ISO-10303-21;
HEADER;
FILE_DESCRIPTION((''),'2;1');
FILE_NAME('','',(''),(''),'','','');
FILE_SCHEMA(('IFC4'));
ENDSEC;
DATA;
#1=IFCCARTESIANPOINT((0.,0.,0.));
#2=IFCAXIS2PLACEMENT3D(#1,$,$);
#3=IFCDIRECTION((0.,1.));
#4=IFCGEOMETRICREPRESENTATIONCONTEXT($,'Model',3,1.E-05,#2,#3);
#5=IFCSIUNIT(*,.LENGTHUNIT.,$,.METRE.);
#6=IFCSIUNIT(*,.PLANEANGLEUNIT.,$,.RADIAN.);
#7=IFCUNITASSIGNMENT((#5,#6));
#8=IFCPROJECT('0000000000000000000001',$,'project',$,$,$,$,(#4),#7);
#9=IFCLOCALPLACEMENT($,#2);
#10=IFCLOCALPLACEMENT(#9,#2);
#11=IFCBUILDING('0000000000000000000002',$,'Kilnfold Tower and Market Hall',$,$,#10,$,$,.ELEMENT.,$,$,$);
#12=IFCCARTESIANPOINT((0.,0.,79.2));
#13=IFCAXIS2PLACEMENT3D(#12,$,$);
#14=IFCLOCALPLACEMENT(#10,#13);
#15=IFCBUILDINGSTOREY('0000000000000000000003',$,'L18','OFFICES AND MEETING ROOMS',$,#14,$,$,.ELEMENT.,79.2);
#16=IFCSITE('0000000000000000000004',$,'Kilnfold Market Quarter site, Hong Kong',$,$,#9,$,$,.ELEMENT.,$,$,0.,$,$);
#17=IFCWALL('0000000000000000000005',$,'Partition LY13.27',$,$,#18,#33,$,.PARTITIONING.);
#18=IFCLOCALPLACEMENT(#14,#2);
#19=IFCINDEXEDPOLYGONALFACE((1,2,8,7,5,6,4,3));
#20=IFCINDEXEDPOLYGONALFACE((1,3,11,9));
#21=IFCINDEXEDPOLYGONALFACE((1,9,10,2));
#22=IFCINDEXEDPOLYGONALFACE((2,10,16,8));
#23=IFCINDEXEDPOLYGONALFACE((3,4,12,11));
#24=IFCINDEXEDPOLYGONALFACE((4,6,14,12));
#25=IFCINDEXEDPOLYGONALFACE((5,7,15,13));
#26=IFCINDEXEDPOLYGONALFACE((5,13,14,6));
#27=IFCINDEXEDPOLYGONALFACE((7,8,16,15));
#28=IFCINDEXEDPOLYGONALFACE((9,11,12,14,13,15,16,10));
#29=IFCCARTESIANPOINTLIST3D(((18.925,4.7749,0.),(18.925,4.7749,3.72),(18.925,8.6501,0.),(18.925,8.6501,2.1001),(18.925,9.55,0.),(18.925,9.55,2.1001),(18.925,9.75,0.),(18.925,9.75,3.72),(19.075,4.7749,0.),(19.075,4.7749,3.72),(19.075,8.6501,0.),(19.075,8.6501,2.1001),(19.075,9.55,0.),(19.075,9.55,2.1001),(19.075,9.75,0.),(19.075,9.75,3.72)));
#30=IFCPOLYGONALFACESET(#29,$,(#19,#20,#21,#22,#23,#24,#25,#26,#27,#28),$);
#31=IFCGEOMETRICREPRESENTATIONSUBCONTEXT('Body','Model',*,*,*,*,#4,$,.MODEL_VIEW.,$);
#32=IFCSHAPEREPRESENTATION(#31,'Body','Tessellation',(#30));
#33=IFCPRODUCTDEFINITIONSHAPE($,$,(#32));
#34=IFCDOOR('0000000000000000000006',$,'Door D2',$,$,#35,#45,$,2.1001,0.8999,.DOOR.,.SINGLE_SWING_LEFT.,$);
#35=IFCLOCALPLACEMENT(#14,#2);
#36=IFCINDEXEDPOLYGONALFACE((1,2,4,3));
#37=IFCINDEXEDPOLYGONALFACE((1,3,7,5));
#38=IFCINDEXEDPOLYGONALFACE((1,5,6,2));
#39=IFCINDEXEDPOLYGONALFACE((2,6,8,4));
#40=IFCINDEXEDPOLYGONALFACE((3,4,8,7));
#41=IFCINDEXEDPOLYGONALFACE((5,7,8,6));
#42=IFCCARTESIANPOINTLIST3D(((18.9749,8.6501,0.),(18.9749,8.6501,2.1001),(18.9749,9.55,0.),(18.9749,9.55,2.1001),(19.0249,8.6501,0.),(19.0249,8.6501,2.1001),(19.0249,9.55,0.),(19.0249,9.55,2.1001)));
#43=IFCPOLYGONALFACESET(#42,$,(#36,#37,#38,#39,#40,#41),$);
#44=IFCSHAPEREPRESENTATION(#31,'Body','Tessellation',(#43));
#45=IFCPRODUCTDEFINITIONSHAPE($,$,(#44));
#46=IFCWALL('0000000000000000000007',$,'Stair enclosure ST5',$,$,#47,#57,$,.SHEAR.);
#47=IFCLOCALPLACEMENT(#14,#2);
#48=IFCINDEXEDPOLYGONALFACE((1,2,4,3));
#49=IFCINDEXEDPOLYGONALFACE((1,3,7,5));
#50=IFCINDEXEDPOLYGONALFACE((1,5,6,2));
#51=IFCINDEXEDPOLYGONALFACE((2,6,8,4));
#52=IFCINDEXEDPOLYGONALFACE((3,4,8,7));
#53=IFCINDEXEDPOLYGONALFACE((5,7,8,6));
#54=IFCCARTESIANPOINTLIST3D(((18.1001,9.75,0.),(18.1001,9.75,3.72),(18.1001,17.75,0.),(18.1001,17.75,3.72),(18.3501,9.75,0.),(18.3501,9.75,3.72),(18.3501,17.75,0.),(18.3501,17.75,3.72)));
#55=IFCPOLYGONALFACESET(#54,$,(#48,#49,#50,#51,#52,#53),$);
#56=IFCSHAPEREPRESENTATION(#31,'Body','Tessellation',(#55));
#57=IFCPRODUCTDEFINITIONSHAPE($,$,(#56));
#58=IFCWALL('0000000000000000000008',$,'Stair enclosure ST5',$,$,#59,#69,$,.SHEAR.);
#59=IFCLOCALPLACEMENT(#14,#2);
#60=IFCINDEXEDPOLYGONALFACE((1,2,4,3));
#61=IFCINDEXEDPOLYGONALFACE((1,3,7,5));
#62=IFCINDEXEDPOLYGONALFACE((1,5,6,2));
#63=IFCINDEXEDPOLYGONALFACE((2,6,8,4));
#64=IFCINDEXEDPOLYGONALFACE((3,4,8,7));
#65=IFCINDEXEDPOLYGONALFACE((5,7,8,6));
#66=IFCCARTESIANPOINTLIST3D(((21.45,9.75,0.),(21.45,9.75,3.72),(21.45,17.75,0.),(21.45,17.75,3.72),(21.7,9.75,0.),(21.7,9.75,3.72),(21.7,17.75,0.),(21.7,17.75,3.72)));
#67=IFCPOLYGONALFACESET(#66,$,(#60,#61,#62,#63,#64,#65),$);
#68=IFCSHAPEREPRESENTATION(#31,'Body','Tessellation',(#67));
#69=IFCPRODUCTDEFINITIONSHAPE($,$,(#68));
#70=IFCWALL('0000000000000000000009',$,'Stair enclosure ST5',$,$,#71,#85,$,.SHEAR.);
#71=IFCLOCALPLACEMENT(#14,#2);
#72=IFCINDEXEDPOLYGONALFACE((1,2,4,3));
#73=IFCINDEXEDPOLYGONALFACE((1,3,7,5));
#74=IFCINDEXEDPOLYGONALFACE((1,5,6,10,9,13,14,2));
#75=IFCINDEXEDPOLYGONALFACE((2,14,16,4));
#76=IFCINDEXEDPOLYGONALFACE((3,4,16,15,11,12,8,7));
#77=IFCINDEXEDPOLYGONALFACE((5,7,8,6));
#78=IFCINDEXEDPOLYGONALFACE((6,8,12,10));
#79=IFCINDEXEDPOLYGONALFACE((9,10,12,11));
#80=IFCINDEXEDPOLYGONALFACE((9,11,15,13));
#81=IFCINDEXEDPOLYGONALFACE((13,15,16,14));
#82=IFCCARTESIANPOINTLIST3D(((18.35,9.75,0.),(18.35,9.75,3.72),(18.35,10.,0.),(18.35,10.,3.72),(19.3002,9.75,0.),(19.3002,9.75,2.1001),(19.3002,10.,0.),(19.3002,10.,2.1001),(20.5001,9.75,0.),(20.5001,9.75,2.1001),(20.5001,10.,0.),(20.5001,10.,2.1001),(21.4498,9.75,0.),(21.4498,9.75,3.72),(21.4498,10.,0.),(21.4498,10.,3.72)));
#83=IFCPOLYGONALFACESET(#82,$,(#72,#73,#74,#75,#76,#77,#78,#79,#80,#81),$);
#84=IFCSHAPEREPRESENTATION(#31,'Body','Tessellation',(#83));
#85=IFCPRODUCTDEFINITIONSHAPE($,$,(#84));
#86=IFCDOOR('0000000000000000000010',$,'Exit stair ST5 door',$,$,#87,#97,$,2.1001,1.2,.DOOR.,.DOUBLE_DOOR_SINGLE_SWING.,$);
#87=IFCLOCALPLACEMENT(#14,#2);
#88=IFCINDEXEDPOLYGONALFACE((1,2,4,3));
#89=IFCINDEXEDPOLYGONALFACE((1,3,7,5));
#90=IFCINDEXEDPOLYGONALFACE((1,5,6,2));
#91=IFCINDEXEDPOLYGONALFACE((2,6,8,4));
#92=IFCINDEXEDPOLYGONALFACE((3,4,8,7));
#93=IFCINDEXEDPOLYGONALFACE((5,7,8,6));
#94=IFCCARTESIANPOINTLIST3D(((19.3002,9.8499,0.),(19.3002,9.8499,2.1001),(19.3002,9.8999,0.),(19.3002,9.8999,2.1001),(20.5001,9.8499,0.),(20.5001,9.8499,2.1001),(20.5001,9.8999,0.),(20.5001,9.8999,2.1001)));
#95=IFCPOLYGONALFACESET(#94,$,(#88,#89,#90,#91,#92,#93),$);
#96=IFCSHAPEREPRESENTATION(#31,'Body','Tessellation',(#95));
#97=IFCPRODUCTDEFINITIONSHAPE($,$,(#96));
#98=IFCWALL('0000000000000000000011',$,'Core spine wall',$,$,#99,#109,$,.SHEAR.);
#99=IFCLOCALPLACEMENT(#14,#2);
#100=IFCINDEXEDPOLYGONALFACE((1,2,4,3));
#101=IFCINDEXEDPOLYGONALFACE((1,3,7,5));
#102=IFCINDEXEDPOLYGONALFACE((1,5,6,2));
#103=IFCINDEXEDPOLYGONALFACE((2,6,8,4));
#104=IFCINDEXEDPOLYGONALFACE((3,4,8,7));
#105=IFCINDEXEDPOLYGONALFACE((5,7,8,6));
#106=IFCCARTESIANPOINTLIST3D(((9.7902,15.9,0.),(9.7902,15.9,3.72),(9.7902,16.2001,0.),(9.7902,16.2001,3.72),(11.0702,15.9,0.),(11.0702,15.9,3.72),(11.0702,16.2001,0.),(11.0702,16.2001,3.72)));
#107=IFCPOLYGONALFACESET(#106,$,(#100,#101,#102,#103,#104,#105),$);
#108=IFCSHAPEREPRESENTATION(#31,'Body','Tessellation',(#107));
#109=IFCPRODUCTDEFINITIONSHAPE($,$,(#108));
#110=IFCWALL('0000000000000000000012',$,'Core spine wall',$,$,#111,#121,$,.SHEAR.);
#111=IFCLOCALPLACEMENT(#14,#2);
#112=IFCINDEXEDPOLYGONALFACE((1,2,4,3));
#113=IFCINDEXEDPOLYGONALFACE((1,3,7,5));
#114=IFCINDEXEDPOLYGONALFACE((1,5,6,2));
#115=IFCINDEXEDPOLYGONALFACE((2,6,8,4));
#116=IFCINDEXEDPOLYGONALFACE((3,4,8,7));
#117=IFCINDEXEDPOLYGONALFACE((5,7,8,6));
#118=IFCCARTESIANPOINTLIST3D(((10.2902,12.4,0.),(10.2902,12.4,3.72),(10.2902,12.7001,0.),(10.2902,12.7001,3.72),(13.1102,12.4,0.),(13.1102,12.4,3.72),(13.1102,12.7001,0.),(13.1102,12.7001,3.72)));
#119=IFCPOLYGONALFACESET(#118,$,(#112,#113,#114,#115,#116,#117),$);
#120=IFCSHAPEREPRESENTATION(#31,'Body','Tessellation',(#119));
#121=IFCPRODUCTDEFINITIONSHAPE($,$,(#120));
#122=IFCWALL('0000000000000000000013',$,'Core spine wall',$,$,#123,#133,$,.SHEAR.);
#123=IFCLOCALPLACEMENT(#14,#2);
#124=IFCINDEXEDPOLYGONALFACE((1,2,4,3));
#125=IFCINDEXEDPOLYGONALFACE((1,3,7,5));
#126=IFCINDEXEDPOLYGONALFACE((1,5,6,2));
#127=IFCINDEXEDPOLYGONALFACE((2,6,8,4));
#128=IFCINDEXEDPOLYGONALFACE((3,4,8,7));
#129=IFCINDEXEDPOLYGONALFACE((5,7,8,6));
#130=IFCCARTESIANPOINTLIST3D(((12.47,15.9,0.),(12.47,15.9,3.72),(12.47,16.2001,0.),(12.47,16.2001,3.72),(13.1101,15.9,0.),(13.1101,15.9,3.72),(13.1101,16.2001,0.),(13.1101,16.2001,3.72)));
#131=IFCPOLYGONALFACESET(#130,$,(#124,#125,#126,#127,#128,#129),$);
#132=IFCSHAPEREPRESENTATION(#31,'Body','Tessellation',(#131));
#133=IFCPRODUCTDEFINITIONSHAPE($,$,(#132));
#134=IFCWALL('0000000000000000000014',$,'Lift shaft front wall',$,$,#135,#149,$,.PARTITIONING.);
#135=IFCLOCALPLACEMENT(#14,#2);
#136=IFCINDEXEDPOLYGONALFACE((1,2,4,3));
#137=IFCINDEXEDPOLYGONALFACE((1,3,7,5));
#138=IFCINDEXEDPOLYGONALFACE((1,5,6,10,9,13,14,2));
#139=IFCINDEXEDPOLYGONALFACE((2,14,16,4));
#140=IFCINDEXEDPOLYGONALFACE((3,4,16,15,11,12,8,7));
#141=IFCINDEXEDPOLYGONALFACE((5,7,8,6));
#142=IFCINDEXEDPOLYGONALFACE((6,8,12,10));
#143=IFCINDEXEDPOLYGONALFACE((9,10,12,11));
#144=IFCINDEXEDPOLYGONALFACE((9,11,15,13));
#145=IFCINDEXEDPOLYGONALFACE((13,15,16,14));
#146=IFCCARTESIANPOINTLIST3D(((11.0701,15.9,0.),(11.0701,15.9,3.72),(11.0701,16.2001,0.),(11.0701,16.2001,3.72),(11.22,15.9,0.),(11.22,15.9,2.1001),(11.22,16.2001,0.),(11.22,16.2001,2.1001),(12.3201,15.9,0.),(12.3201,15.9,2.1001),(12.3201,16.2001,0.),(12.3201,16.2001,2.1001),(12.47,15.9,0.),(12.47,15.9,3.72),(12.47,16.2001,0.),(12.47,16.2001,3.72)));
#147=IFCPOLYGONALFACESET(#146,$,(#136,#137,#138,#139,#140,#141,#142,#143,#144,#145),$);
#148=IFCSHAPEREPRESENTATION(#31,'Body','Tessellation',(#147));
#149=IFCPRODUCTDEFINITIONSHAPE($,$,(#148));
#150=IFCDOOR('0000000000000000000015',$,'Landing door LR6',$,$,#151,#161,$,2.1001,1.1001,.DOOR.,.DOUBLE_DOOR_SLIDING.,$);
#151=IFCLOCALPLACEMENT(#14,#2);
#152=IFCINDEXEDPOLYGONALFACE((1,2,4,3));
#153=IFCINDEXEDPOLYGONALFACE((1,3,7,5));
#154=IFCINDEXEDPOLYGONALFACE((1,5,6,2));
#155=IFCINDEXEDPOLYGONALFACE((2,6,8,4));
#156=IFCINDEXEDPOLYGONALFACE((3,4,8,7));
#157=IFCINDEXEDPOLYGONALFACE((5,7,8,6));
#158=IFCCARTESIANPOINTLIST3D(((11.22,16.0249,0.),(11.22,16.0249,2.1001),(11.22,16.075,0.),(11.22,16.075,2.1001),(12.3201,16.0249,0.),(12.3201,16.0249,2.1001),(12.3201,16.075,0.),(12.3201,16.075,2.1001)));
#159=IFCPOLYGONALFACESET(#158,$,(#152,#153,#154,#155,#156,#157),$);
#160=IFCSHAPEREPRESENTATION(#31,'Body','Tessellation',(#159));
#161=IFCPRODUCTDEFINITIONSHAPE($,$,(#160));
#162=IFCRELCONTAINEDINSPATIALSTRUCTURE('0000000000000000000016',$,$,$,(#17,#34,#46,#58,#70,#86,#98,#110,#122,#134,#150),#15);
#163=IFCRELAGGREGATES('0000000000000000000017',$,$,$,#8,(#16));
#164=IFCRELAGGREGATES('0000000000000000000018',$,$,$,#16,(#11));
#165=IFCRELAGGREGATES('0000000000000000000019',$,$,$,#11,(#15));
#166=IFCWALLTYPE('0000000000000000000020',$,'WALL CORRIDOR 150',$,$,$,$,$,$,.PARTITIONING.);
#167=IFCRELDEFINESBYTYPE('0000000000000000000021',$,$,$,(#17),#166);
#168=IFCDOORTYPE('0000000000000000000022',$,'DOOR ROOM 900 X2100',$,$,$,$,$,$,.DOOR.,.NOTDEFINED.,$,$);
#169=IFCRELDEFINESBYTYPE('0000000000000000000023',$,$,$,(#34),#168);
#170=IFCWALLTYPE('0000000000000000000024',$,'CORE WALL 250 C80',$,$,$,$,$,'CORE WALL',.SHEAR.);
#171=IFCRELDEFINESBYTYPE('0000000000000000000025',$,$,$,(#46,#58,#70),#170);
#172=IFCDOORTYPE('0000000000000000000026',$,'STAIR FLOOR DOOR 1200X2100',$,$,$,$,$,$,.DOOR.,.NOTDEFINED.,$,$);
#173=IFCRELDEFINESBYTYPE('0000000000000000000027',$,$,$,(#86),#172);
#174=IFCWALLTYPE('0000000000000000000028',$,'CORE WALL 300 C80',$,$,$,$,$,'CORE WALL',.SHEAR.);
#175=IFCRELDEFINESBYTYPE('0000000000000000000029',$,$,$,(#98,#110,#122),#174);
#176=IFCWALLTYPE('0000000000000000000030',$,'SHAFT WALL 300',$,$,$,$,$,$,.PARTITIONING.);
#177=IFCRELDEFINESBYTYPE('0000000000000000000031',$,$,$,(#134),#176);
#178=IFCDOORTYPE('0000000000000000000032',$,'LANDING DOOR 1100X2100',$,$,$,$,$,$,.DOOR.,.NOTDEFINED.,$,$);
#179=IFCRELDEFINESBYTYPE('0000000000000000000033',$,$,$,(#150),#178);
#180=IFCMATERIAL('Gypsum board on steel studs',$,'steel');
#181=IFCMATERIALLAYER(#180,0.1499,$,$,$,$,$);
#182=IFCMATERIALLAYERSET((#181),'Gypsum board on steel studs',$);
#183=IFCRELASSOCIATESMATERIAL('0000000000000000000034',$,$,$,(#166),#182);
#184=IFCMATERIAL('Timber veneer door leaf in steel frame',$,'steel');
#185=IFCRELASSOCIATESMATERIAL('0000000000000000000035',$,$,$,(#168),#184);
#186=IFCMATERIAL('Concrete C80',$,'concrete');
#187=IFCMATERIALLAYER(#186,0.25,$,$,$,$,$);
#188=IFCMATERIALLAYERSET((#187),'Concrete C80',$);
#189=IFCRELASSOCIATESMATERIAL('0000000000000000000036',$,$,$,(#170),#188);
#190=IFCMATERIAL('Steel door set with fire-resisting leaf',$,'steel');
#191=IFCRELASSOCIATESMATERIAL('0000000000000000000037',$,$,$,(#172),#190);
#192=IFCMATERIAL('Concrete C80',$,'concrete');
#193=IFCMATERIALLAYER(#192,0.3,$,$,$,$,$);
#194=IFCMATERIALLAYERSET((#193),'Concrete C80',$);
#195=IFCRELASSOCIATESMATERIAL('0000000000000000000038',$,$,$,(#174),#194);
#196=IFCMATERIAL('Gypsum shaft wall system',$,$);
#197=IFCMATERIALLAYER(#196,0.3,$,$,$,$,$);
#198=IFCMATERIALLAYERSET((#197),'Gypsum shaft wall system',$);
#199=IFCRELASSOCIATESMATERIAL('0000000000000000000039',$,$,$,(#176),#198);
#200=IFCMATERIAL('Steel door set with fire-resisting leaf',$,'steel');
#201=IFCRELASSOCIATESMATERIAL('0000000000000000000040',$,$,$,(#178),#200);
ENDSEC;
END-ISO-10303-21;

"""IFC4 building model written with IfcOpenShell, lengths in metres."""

from ifc_helpers import new_model, si_unit, direction, frame, frame_2d, origin, place, context, subcontext, project, spatial, rectangle, extrude, source, transform, mapped, material, layer, layer_set, type_object, element, fill, save


model = new_model("IFC4")

# Units and contexts
model_context = context("Model", 3, precision=1e-05, world=origin(), true_north=direction((0.0, 1.0)))
body_context = subcontext(model_context, "Body", "Model", "MODEL_VIEW")
ifc_project = project(units=[si_unit("LENGTHUNIT", "METRE"), si_unit("PLANEANGLEUNIT", "RADIAN")], contexts=[model_context])

# Site, building, storey
site_placement = place(None, origin())
site = spatial("IfcSite", under=ifc_project, at=site_placement, Name="Kilnfold Market Quarter site, Hong Kong", CompositionType="ELEMENT", RefElevation=0.0)
building_placement = place(site_placement, origin())
building = spatial("IfcBuilding", under=site, at=building_placement, Name="Kilnfold Tower and Market Hall", CompositionType="ELEMENT")
storey_placement = place(building_placement, frame((0.0, 0.0, 79.2)))
storey = spatial("IfcBuildingStorey", under=building, at=storey_placement, Name="L18", Description="OFFICES AND MEETING ROOMS", CompositionType="ELEMENT", Elevation=79.2)

# Wall, opening, door
ifc_material_1 = material(Name="Gypsum board on steel studs", Category="steel")
ifc_layer_1 = layer(ifc_material_1, 0.1499)
ifc_layer_set_1 = layer_set([ifc_layer_1], Name="Gypsum board on steel studs")
wall_type_1 = type_object("IfcWallType", Name="WALL CORRIDOR 150", PredefinedType="PARTITIONING", material=ifc_layer_set_1)
wall_1_placement = place(storey_placement, frame((19.0, 9.75, 0.0), z_axis=(0.0, 0.0, 1.0), x_axis=(0.0, -1.0, 0.0)))
wall_1 = element("IfcWall", 1, at=wall_1_placement, inside=storey, type_object=wall_type_1, Name="Partition LY13.27", PredefinedType="PARTITIONING", context=body_context, shape_type="SweptSolid", body=[
    extrude(rectangle(XDim=4.9751, YDim=0.1499, at=frame_2d((2.4875, 0.0))), origin(), (0.0, 0.0, 1.0), 3.72),
])
opening_1_placement = place(wall_1_placement, frame((0.2, 0.0, 0.0)))
opening_1 = element("IfcOpeningElement", 2, at=opening_1_placement, cuts=wall_1, PredefinedType="OPENING", context=body_context, shape_type="SweptSolid", body=[
    extrude(rectangle(XDim=0.8999, YDim=2.1001, at=frame_2d((0.45, 1.05))), frame((0.0, 0.085, 0.0), z_axis=(0.0, -1.0, 0.0), x_axis=(1.0, 0.0, 0.0)), (0.0, 0.0, 1.0), 0.1699),
])
ifc_material_2 = material(Name="Timber veneer door leaf in steel frame", Category="steel")
door_type_1 = type_object("IfcDoorType", Name="DOOR ROOM 900 X2100", OperationType="NOTDEFINED", PredefinedType="DOOR", material=ifc_material_2)
door_1_placement = place(opening_1_placement, origin())
door_1 = element("IfcDoor", 3, at=door_1_placement, inside=storey, type_object=door_type_1, Name="Door D2", OperationType="SINGLE_SWING_LEFT", OverallHeight=2.1001, OverallWidth=0.8999, PredefinedType="DOOR", context=body_context, shape_type="SweptSolid", body=[
    extrude(rectangle(XDim=0.8999, YDim=2.1001, at=frame_2d((0.45, 1.05))), frame((0.0, 0.0249, 0.0), z_axis=(0.0, -1.0, 0.0), x_axis=(1.0, 0.0, 0.0)), (0.0, 0.0, 1.0), 0.05),
])
fill(opening_1, door_1)

# Walls
ifc_material_3 = material(Name="Concrete C80", Category="concrete")
ifc_layer_2 = layer(ifc_material_3, 0.25)
ifc_layer_set_2 = layer_set([ifc_layer_2], Name="Concrete C80")
wall_type_2 = type_object("IfcWallType", Name="CORE WALL 250 C80", ElementType="CORE WALL", PredefinedType="SHEAR", material=ifc_layer_set_2)
shared_shape_1 = source(origin(), body_context, "Body", "SweptSolid", [
    extrude(rectangle(XDim=8.0, YDim=0.25, at=frame_2d((4.0, 0.0))), origin(), (0.0, 0.0, 1.0), 3.72),
])
for number, where, z_axis, x_axis, name in (
    (4, (18.2251, 9.75, 0.0), (0.0, 0.0, 1.0), (0.0, 1.0, 0.0), "Stair enclosure ST5"),
    (5, (21.575, 9.75, 0.0), (0.0, 0.0, 1.0), (0.0, 1.0, 0.0), "Stair enclosure ST5"),
):
    element("IfcWall", number, at=place(storey_placement, frame(where, z_axis=z_axis, x_axis=x_axis)), inside=storey, type_object=wall_type_2, Name=name, PredefinedType="SHEAR", context=body_context, shape_type="MappedRepresentation", body=[
        mapped(shared_shape_1, transform((0.0, 0.0, 0.0))),
    ])

# Wall, opening, door
shared_shape_2 = source(origin(), body_context, "Body", "SweptSolid", [
    extrude(rectangle(XDim=3.0999, YDim=0.25, at=frame_2d((1.5498, 0.0))), origin(), (0.0, 0.0, 1.0), 3.72),
])
wall_2_placement = place(storey_placement, frame((18.3501, 9.875, 0.0), z_axis=(0.0, 0.0, 1.0), x_axis=(1.0, 0.0, 0.0)))
wall_2 = element("IfcWall", 6, at=wall_2_placement, inside=storey, type_object=wall_type_2, Name="Stair enclosure ST5", PredefinedType="SHEAR", context=body_context, shape_type="MappedRepresentation", body=[
    mapped(shared_shape_2, transform((0.0, 0.0, 0.0))),
])
opening_2_placement = place(wall_2_placement, frame((0.95, 0.0, 0.0)))
opening_2 = element("IfcOpeningElement", 7, at=opening_2_placement, cuts=wall_2, PredefinedType="OPENING", context=body_context, shape_type="SweptSolid", body=[
    extrude(rectangle(XDim=1.2, YDim=2.1001, at=frame_2d((0.6001, 1.05))), frame((0.0, 0.135, 0.0), z_axis=(0.0, -1.0, 0.0), x_axis=(1.0, 0.0, 0.0)), (0.0, 0.0, 1.0), 0.27),
])
ifc_material_4 = material(Name="Steel door set with fire-resisting leaf", Category="steel")
door_type_2 = type_object("IfcDoorType", Name="STAIR FLOOR DOOR 1200X2100", OperationType="NOTDEFINED", PredefinedType="DOOR", material=ifc_material_4)
door_2_placement = place(opening_2_placement, origin())
door_2 = element("IfcDoor", 8, at=door_2_placement, inside=storey, type_object=door_type_2, Name="Exit stair ST5 door", OperationType="DOUBLE_DOOR_SINGLE_SWING", OverallHeight=2.1001, OverallWidth=1.2, PredefinedType="DOOR", context=body_context, shape_type="SweptSolid", body=[
    extrude(rectangle(XDim=1.2, YDim=2.1001, at=frame_2d((0.6001, 1.05))), frame((0.0, 0.0249, 0.0), z_axis=(0.0, -1.0, 0.0), x_axis=(1.0, 0.0, 0.0)), (0.0, 0.0, 1.0), 0.05),
])
fill(opening_2, door_2)

# Walls
ifc_material_5 = material(Name="Concrete C80", Category="concrete")
ifc_layer_3 = layer(ifc_material_5, 0.3)
ifc_layer_set_3 = layer_set([ifc_layer_3], Name="Concrete C80")
wall_type_3 = type_object("IfcWallType", Name="CORE WALL 300 C80", ElementType="CORE WALL", PredefinedType="SHEAR", material=ifc_layer_set_3)
shared_shape_3 = source(origin(), body_context, "Body", "SweptSolid", [
    extrude(rectangle(XDim=1.28, YDim=0.3, at=frame_2d((0.6401, 0.0))), origin(), (0.0, 0.0, 1.0), 3.72),
])
wall_3_placement = place(storey_placement, frame((9.79, 16.05, 0.0), z_axis=(0.0, 0.0, 1.0), x_axis=(1.0, 0.0, 0.0)))
element("IfcWall", 9, at=wall_3_placement, inside=storey, type_object=wall_type_3, Name="Core spine wall", PredefinedType="SHEAR", context=body_context, shape_type="MappedRepresentation", body=[
    mapped(shared_shape_3, transform((0.0, 0.0, 0.0))),
])
shared_shape_4 = source(origin(), body_context, "Body", "SweptSolid", [
    extrude(rectangle(XDim=2.8201, YDim=0.3, at=frame_2d((1.4102, 0.0))), origin(), (0.0, 0.0, 1.0), 3.72),
])
wall_4_placement = place(storey_placement, frame((10.29, 12.55, 0.0), z_axis=(0.0, 0.0, 1.0), x_axis=(1.0, 0.0, 0.0)))
element("IfcWall", 10, at=wall_4_placement, inside=storey, type_object=wall_type_3, Name="Core spine wall", PredefinedType="SHEAR", context=body_context, shape_type="MappedRepresentation", body=[
    mapped(shared_shape_4, transform((0.0, 0.0, 0.0))),
])
shared_shape_5 = source(origin(), body_context, "Body", "SweptSolid", [
    extrude(rectangle(XDim=0.6401, YDim=0.3, at=frame_2d((0.3201, 0.0))), origin(), (0.0, 0.0, 1.0), 3.72),
])
wall_5_placement = place(storey_placement, frame((12.47, 16.05, 0.0), z_axis=(0.0, 0.0, 1.0), x_axis=(1.0, 0.0, 0.0)))
element("IfcWall", 11, at=wall_5_placement, inside=storey, type_object=wall_type_3, Name="Core spine wall", PredefinedType="SHEAR", context=body_context, shape_type="MappedRepresentation", body=[
    mapped(shared_shape_5, transform((0.0, 0.0, 0.0))),
])

# Wall, opening, door
ifc_material_6 = material(Name="Gypsum shaft wall system")
ifc_layer_4 = layer(ifc_material_6, 0.3)
ifc_layer_set_4 = layer_set([ifc_layer_4], Name="Gypsum shaft wall system")
wall_type_4 = type_object("IfcWallType", Name="SHAFT WALL 300", PredefinedType="PARTITIONING", material=ifc_layer_set_4)
shared_shape_6 = source(origin(), body_context, "Body", "SweptSolid", [
    extrude(rectangle(XDim=1.3999, YDim=0.3, at=frame_2d((0.7, 0.0))), origin(), (0.0, 0.0, 1.0), 3.72),
])
wall_6_placement = place(storey_placement, frame((11.0701, 16.05, 0.0), z_axis=(0.0, 0.0, 1.0), x_axis=(1.0, 0.0, 0.0)))
wall_6 = element("IfcWall", 12, at=wall_6_placement, inside=storey, type_object=wall_type_4, Name="Lift shaft front wall", PredefinedType="PARTITIONING", context=body_context, shape_type="MappedRepresentation", body=[
    mapped(shared_shape_6, transform((0.0, 0.0, 0.0))),
])
opening_3_placement = place(wall_6_placement, frame((0.1499, 0.0, 0.0)))
opening_3 = element("IfcOpeningElement", 13, at=opening_3_placement, cuts=wall_6, PredefinedType="OPENING", context=body_context, shape_type="SweptSolid", body=[
    extrude(rectangle(XDim=1.1001, YDim=2.1001, at=frame_2d((0.55, 1.05))), frame((0.0, 0.1602, 0.0), z_axis=(0.0, -1.0, 0.0), x_axis=(1.0, 0.0, 0.0)), (0.0, 0.0, 1.0), 0.3201),
])
ifc_material_7 = material(Name="Steel door set with fire-resisting leaf", Category="steel")
door_type_3 = type_object("IfcDoorType", Name="LANDING DOOR 1100X2100", OperationType="NOTDEFINED", PredefinedType="DOOR", material=ifc_material_7)
door_3_placement = place(opening_3_placement, origin())
door_3 = element("IfcDoor", 14, at=door_3_placement, inside=storey, type_object=door_type_3, Name="Landing door LR6", OperationType="DOUBLE_DOOR_SLIDING", OverallHeight=2.1001, OverallWidth=1.1001, PredefinedType="DOOR", context=body_context, shape_type="SweptSolid", body=[
    extrude(rectangle(XDim=1.1001, YDim=2.1001, at=frame_2d((0.55, 1.05))), frame((0.0, 0.0249, 0.0), z_axis=(0.0, -1.0, 0.0), x_axis=(1.0, 0.0, 0.0)), (0.0, 0.0, 1.0), 0.05),
])
fill(opening_3, door_3)

save(model, "model.ifc")
